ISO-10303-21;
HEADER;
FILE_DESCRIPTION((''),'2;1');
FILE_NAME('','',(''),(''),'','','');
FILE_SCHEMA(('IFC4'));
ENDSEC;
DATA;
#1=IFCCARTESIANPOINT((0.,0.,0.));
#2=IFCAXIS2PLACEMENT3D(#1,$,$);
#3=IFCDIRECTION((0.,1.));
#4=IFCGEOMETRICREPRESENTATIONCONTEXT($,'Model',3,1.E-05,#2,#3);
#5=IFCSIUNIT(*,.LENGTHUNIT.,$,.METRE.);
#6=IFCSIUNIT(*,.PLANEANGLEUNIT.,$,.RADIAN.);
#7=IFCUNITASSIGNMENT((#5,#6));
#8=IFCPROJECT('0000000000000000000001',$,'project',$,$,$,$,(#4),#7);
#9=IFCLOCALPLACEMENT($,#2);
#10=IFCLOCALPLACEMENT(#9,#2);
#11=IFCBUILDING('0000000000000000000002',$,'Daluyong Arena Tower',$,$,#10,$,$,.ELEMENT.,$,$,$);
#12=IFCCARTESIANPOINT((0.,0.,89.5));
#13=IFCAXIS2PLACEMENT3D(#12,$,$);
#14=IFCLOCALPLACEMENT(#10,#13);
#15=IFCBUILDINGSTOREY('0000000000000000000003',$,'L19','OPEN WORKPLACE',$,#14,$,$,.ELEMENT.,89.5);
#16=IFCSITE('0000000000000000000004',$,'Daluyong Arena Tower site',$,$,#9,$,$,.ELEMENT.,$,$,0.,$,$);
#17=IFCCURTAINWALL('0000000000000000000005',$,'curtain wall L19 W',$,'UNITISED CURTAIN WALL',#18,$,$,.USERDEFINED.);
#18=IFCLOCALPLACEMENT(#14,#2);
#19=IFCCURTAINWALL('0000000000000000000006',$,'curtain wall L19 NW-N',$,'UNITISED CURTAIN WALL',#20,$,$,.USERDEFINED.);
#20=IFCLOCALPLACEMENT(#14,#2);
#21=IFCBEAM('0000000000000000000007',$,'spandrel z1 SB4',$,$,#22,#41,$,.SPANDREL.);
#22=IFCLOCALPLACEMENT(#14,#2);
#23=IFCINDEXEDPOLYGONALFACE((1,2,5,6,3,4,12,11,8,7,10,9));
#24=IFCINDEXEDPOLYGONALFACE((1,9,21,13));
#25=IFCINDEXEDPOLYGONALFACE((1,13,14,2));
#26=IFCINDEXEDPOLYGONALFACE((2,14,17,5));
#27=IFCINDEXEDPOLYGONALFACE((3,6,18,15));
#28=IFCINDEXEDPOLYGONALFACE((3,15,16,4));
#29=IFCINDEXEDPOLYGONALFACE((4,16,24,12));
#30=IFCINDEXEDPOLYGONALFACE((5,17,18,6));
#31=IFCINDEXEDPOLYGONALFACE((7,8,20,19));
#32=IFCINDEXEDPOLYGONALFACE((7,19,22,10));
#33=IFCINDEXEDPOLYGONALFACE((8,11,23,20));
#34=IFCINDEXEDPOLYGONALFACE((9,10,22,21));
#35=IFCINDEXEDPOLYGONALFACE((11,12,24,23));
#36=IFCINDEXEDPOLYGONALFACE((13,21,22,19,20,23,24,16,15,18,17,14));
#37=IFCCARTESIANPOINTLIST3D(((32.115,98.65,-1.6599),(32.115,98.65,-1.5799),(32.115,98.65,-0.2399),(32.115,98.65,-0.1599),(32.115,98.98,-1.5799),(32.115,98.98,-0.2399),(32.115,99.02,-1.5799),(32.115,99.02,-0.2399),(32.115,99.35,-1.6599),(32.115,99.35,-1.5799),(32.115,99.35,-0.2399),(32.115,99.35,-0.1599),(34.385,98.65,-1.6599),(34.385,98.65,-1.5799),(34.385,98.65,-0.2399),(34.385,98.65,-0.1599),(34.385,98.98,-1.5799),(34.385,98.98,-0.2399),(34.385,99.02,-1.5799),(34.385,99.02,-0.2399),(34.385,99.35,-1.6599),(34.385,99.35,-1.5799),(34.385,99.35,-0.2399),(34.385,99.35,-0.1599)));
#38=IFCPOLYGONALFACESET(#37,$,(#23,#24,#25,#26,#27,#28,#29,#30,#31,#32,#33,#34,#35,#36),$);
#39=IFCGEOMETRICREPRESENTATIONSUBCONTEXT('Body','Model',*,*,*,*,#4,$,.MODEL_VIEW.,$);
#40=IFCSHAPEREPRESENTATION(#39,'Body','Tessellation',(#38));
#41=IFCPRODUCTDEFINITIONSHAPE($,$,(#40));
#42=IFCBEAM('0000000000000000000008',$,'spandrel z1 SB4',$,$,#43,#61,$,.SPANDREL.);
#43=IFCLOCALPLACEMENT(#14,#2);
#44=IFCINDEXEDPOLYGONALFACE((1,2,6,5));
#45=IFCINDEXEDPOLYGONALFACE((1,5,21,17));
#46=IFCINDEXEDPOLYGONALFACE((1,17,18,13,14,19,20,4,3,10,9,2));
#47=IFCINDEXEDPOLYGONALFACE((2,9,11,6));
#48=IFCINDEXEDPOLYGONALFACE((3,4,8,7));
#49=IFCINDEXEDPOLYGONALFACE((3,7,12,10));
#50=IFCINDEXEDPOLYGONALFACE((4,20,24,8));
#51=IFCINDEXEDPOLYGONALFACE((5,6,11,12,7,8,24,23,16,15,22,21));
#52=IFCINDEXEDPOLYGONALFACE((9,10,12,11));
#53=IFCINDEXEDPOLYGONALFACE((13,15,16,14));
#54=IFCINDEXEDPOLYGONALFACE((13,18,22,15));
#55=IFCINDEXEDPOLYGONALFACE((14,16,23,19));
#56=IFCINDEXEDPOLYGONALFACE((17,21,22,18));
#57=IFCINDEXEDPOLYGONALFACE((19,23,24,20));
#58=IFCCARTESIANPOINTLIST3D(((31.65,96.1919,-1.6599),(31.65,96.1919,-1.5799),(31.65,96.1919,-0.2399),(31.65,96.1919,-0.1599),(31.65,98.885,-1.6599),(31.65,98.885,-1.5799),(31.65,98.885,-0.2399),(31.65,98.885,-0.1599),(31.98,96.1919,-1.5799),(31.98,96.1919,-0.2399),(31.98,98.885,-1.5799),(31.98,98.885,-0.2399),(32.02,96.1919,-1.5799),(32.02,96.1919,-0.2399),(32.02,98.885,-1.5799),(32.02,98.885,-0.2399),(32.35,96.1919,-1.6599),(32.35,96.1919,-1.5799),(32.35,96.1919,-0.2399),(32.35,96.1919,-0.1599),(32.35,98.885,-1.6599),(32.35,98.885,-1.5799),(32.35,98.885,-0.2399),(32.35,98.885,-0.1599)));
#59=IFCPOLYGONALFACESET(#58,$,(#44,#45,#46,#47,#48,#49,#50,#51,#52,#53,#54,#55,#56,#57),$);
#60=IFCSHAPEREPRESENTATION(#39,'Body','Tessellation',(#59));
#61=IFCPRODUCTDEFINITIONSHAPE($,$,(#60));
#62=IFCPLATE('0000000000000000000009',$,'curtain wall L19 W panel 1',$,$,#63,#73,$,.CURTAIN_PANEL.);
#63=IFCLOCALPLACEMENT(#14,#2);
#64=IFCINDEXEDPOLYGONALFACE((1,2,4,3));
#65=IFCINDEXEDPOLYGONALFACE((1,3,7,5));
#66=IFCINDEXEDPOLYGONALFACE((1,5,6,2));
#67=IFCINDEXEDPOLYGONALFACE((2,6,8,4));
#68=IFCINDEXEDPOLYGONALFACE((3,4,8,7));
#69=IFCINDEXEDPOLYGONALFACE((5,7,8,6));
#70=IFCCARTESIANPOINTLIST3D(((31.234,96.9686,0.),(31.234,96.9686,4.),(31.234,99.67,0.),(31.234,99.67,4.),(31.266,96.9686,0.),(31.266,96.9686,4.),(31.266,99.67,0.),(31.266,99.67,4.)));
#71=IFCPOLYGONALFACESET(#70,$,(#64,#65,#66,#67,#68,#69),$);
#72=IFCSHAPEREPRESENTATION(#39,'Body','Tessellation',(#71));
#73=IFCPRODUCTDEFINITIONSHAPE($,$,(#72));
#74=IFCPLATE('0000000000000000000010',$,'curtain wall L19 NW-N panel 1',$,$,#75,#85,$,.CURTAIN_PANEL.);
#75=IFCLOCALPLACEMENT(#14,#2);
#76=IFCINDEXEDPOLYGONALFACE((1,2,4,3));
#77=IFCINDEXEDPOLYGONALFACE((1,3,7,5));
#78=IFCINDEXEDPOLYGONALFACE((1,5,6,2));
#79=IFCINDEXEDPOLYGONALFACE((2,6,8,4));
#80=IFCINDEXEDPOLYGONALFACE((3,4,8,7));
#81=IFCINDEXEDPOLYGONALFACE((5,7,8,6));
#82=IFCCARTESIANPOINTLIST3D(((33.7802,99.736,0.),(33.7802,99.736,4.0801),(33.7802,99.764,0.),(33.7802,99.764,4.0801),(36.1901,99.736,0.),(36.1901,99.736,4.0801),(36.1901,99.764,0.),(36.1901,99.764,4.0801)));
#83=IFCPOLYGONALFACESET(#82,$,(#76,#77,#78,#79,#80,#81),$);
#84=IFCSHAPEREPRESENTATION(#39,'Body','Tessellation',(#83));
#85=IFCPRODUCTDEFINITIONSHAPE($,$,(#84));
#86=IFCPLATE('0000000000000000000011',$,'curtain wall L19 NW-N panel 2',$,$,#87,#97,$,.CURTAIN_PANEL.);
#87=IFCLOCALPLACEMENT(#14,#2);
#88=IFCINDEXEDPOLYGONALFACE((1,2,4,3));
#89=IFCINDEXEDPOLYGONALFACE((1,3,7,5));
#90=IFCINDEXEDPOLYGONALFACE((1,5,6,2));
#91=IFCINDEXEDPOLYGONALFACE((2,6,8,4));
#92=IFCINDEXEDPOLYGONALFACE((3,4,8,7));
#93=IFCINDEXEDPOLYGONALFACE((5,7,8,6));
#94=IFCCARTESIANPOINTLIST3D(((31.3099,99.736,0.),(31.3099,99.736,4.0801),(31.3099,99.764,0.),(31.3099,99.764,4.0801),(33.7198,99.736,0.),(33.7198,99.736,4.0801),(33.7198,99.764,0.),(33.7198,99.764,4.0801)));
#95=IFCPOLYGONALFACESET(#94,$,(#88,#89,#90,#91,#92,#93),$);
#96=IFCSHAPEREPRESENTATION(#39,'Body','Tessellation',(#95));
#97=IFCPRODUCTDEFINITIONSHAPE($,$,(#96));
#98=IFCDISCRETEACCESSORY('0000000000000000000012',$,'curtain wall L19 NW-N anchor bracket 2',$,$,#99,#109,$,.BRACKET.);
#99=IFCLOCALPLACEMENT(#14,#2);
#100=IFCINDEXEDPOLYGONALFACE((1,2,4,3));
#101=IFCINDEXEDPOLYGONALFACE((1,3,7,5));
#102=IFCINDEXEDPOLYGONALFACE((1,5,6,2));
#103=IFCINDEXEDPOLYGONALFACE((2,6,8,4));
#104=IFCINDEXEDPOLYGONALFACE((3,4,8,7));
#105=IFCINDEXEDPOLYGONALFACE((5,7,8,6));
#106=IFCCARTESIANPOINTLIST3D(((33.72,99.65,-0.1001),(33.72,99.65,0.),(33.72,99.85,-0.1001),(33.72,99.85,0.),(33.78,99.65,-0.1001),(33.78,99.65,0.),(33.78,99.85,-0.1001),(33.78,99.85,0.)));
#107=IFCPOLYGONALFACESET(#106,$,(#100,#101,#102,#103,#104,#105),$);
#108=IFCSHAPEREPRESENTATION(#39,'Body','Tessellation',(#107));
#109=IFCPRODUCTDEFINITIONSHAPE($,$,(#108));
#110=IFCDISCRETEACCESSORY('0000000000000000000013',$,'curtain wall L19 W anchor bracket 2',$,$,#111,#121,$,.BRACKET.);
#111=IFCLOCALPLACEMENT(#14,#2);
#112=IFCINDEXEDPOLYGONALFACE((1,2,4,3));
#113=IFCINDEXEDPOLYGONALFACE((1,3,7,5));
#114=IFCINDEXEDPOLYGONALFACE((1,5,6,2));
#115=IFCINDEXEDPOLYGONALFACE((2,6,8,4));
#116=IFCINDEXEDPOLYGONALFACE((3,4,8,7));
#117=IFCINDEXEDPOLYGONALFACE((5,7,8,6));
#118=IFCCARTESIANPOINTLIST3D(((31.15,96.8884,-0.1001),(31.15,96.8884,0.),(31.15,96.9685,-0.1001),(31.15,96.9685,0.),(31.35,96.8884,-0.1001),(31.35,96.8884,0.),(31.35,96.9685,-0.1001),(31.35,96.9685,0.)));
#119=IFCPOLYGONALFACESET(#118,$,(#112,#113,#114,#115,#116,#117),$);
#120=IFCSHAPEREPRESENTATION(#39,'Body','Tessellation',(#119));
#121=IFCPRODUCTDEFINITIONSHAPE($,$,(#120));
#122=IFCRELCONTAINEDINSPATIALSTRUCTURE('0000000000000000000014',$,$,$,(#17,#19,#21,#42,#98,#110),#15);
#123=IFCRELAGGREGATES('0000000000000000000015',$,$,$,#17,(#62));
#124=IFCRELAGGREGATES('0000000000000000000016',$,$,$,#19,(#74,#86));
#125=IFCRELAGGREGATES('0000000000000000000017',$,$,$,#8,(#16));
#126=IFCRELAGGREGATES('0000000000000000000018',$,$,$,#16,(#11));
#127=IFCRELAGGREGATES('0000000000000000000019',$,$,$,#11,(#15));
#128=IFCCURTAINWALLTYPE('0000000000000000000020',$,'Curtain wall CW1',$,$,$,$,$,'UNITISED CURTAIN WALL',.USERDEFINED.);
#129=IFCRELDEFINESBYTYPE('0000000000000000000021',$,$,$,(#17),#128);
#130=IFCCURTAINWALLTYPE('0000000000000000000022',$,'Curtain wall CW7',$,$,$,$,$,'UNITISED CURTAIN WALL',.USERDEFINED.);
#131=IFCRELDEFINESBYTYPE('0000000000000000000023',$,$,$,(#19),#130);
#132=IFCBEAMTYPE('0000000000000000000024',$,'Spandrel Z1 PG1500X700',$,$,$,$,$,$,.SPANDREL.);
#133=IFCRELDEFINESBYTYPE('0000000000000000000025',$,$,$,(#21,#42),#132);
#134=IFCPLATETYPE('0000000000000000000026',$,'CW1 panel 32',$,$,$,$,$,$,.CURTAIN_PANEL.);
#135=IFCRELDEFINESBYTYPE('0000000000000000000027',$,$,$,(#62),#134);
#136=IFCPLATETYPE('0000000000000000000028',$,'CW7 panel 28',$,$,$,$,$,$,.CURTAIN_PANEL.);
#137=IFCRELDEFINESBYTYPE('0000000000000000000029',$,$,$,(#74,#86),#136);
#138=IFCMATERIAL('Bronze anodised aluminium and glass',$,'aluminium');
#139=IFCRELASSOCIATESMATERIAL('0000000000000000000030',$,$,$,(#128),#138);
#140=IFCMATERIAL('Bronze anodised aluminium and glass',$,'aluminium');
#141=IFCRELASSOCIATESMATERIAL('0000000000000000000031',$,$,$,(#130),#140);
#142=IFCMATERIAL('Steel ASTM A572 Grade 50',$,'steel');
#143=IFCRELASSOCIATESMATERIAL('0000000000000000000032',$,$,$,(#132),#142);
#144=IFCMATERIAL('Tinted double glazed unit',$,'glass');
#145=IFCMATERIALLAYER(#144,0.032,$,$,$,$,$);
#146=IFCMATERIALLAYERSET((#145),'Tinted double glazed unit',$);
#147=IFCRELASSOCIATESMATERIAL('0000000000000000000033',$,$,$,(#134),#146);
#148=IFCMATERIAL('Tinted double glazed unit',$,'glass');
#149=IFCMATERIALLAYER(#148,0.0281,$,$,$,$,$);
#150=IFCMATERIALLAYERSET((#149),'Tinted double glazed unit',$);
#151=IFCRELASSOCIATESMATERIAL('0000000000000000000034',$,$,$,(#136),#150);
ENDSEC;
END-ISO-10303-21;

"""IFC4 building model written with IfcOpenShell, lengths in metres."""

from ifc_helpers import new_model, si_unit, direction, frame, origin, origin_2d, place, context, subcontext, project, spatial, rectangle, i_section, extrude, material, layer, layer_set, material_profile, profile_set, type_object, element, aggregate, save


model = new_model("IFC4")

# Units and contexts
model_context = context("Model", 3, precision=1e-05, world=origin(), true_north=direction((0.0, 1.0)))
body_context = subcontext(model_context, "Body", "Model", "MODEL_VIEW")
ifc_project = project(units=[si_unit("LENGTHUNIT", "METRE"), si_unit("PLANEANGLEUNIT", "RADIAN")], contexts=[model_context])

# Site, building, storey
site_placement = place(None, origin())
site = spatial("IfcSite", under=ifc_project, at=site_placement, Name="Daluyong Arena Tower site", CompositionType="ELEMENT", RefElevation=0.0)
building_placement = place(site_placement, origin())
building = spatial("IfcBuilding", under=site, at=building_placement, Name="Daluyong Arena Tower", CompositionType="ELEMENT")
storey_placement = place(building_placement, frame((0.0, 0.0, 89.5)))
storey = spatial("IfcBuildingStorey", under=building, at=storey_placement, Name="L19", Description="OPEN WORKPLACE", CompositionType="ELEMENT", Elevation=89.5)

# Curtain walls
ifc_material_1 = material(Name="Bronze anodised aluminium and glass", Category="aluminium")
curtain_wall_type_1 = type_object("IfcCurtainWallType", Name="Curtain wall CW1", ElementType="UNITISED CURTAIN WALL", PredefinedType="USERDEFINED", material=ifc_material_1)
curtain_wall_1_placement = place(storey_placement, origin())
curtain_wall_1 = element("IfcCurtainWall", 1, at=curtain_wall_1_placement, inside=storey, type_object=curtain_wall_type_1, Name="curtain wall L19 W", ObjectType="UNITISED CURTAIN WALL", PredefinedType="USERDEFINED")
ifc_material_2 = material(Name="Bronze anodised aluminium and glass", Category="aluminium")
curtain_wall_type_2 = type_object("IfcCurtainWallType", Name="Curtain wall CW7", ElementType="UNITISED CURTAIN WALL", PredefinedType="USERDEFINED", material=ifc_material_2)
curtain_wall_2_placement = place(storey_placement, origin())
curtain_wall_2 = element("IfcCurtainWall", 2, at=curtain_wall_2_placement, inside=storey, type_object=curtain_wall_type_2, Name="curtain wall L19 NW-N", ObjectType="UNITISED CURTAIN WALL", PredefinedType="USERDEFINED")

# Beams
ifc_material_3 = material(Name="Steel ASTM A572 Grade 50", Category="steel")
ifc_material_profile_1 = material_profile(ifc_material_3, i_section(OverallWidth=0.7, OverallDepth=1.5, WebThickness=0.04, FlangeThickness=0.08, at=origin_2d()))
ifc_profile_set_1 = profile_set([ifc_material_profile_1], Name="Steel ASTM A572 Grade 50")
beam_type = type_object("IfcBeamType", Name="Spandrel Z1 PG1500X700", PredefinedType="SPANDREL", material=ifc_profile_set_1)
beam_1_placement = place(storey_placement, frame((34.385, 99.0, -0.9099), z_axis=(-1.0, 0.0, 0.0), x_axis=(0.0, -1.0, 0.0)))
element("IfcBeam", 3, at=beam_1_placement, inside=storey, type_object=beam_type, Name="spandrel z1 SB4", PredefinedType="SPANDREL", context=body_context, shape_type="SweptSolid", body=[
    extrude(i_section(OverallWidth=0.7, OverallDepth=1.5, WebThickness=0.04, FlangeThickness=0.08, at=origin_2d()), origin(), (0.0, 0.0, 1.0), 2.27),
])
beam_2_placement = place(storey_placement, frame((32.0, 98.885, -0.9099), z_axis=(0.0, -1.0, 0.0), x_axis=(1.0, 0.0, 0.0)))
element("IfcBeam", 4, at=beam_2_placement, inside=storey, type_object=beam_type, Name="spandrel z1 SB4", PredefinedType="SPANDREL", context=body_context, shape_type="SweptSolid", body=[
    extrude(i_section(OverallWidth=0.7, OverallDepth=1.5, WebThickness=0.04, FlangeThickness=0.08, at=origin_2d()), origin(), (0.0, 0.0, 1.0), 2.6931),
])

# Plates
ifc_material_4 = material(Name="Tinted double glazed unit", Category="glass")
ifc_layer_1 = layer(ifc_material_4, 0.032)
ifc_layer_set_1 = layer_set([ifc_layer_1], Name="Tinted double glazed unit")
plate_type_1 = type_object("IfcPlateType", Name="CW1 panel 32", PredefinedType="CURTAIN_PANEL", material=ifc_layer_set_1)
plate_1_placement = place(storey_placement, frame((31.25, 98.3193, 0.0), z_axis=(0.0, 0.0, 1.0), x_axis=(0.0, -1.0, 0.0)))
plate_1 = element("IfcPlate", 5, at=plate_1_placement, type_object=plate_type_1, Name="curtain wall L19 W panel 1", PredefinedType="CURTAIN_PANEL", context=body_context, shape_type="SweptSolid", body=[
    extrude(rectangle(XDim=2.7014, YDim=0.032, at=origin_2d()), origin(), (0.0, 0.0, 1.0), 4.0),
])
aggregate(curtain_wall_1, [plate_1])
ifc_material_5 = material(Name="Tinted double glazed unit", Category="glass")
ifc_layer_2 = layer(ifc_material_5, 0.0281)
ifc_layer_set_2 = layer_set([ifc_layer_2], Name="Tinted double glazed unit")
plate_type_2 = type_object("IfcPlateType", Name="CW7 panel 28", PredefinedType="CURTAIN_PANEL", material=ifc_layer_set_2)
plate_2_placement = place(storey_placement, frame((34.9851, 99.75, 0.0), z_axis=(0.0, 0.0, 1.0), x_axis=(-1.0, 0.0, 0.0)))
plate_2 = element("IfcPlate", 6, at=plate_2_placement, type_object=plate_type_2, Name="curtain wall L19 NW-N panel 1", PredefinedType="CURTAIN_PANEL", context=body_context, shape_type="SweptSolid", body=[
    extrude(rectangle(XDim=2.4099, YDim=0.0281, at=origin_2d()), origin(), (0.0, 0.0, 1.0), 4.0801),
])
plate_3_placement = place(storey_placement, frame((32.5149, 99.75, 0.0), z_axis=(0.0, 0.0, 1.0), x_axis=(-1.0, 0.0, 0.0)))
plate_3 = element("IfcPlate", 7, at=plate_3_placement, type_object=plate_type_2, Name="curtain wall L19 NW-N panel 2", PredefinedType="CURTAIN_PANEL", context=body_context, shape_type="SweptSolid", body=[
    extrude(rectangle(XDim=2.4099, YDim=0.0281, at=origin_2d()), origin(), (0.0, 0.0, 1.0), 4.0801),
])
aggregate(curtain_wall_2, [plate_2, plate_3])

# Discrete accessories
discrete_accessory_1_placement = place(storey_placement, frame((33.75, 99.75, -0.1001), z_axis=(0.0, 0.0, 1.0), x_axis=(-1.0, 0.0, 0.0)))
element("IfcDiscreteAccessory", 8, at=discrete_accessory_1_placement, inside=storey, Name="curtain wall L19 NW-N anchor bracket 2", PredefinedType="BRACKET", context=body_context, shape_type="SweptSolid", body=[
    extrude(rectangle(XDim=0.0601, YDim=0.2, at=origin_2d()), origin(), (0.0, 0.0, 1.0), 0.1001),
])
discrete_accessory_2_placement = place(storey_placement, frame((31.25, 96.9285, -0.1001), z_axis=(0.0, 0.0, 1.0), x_axis=(0.0, -1.0, 0.0)))
element("IfcDiscreteAccessory", 9, at=discrete_accessory_2_placement, inside=storey, Name="curtain wall L19 W anchor bracket 2", PredefinedType="BRACKET", context=body_context, shape_type="SweptSolid", body=[
    extrude(rectangle(XDim=0.0801, YDim=0.2, at=origin_2d()), origin(), (0.0, 0.0, 1.0), 0.1001),
])

save(model, "model.ifc")
